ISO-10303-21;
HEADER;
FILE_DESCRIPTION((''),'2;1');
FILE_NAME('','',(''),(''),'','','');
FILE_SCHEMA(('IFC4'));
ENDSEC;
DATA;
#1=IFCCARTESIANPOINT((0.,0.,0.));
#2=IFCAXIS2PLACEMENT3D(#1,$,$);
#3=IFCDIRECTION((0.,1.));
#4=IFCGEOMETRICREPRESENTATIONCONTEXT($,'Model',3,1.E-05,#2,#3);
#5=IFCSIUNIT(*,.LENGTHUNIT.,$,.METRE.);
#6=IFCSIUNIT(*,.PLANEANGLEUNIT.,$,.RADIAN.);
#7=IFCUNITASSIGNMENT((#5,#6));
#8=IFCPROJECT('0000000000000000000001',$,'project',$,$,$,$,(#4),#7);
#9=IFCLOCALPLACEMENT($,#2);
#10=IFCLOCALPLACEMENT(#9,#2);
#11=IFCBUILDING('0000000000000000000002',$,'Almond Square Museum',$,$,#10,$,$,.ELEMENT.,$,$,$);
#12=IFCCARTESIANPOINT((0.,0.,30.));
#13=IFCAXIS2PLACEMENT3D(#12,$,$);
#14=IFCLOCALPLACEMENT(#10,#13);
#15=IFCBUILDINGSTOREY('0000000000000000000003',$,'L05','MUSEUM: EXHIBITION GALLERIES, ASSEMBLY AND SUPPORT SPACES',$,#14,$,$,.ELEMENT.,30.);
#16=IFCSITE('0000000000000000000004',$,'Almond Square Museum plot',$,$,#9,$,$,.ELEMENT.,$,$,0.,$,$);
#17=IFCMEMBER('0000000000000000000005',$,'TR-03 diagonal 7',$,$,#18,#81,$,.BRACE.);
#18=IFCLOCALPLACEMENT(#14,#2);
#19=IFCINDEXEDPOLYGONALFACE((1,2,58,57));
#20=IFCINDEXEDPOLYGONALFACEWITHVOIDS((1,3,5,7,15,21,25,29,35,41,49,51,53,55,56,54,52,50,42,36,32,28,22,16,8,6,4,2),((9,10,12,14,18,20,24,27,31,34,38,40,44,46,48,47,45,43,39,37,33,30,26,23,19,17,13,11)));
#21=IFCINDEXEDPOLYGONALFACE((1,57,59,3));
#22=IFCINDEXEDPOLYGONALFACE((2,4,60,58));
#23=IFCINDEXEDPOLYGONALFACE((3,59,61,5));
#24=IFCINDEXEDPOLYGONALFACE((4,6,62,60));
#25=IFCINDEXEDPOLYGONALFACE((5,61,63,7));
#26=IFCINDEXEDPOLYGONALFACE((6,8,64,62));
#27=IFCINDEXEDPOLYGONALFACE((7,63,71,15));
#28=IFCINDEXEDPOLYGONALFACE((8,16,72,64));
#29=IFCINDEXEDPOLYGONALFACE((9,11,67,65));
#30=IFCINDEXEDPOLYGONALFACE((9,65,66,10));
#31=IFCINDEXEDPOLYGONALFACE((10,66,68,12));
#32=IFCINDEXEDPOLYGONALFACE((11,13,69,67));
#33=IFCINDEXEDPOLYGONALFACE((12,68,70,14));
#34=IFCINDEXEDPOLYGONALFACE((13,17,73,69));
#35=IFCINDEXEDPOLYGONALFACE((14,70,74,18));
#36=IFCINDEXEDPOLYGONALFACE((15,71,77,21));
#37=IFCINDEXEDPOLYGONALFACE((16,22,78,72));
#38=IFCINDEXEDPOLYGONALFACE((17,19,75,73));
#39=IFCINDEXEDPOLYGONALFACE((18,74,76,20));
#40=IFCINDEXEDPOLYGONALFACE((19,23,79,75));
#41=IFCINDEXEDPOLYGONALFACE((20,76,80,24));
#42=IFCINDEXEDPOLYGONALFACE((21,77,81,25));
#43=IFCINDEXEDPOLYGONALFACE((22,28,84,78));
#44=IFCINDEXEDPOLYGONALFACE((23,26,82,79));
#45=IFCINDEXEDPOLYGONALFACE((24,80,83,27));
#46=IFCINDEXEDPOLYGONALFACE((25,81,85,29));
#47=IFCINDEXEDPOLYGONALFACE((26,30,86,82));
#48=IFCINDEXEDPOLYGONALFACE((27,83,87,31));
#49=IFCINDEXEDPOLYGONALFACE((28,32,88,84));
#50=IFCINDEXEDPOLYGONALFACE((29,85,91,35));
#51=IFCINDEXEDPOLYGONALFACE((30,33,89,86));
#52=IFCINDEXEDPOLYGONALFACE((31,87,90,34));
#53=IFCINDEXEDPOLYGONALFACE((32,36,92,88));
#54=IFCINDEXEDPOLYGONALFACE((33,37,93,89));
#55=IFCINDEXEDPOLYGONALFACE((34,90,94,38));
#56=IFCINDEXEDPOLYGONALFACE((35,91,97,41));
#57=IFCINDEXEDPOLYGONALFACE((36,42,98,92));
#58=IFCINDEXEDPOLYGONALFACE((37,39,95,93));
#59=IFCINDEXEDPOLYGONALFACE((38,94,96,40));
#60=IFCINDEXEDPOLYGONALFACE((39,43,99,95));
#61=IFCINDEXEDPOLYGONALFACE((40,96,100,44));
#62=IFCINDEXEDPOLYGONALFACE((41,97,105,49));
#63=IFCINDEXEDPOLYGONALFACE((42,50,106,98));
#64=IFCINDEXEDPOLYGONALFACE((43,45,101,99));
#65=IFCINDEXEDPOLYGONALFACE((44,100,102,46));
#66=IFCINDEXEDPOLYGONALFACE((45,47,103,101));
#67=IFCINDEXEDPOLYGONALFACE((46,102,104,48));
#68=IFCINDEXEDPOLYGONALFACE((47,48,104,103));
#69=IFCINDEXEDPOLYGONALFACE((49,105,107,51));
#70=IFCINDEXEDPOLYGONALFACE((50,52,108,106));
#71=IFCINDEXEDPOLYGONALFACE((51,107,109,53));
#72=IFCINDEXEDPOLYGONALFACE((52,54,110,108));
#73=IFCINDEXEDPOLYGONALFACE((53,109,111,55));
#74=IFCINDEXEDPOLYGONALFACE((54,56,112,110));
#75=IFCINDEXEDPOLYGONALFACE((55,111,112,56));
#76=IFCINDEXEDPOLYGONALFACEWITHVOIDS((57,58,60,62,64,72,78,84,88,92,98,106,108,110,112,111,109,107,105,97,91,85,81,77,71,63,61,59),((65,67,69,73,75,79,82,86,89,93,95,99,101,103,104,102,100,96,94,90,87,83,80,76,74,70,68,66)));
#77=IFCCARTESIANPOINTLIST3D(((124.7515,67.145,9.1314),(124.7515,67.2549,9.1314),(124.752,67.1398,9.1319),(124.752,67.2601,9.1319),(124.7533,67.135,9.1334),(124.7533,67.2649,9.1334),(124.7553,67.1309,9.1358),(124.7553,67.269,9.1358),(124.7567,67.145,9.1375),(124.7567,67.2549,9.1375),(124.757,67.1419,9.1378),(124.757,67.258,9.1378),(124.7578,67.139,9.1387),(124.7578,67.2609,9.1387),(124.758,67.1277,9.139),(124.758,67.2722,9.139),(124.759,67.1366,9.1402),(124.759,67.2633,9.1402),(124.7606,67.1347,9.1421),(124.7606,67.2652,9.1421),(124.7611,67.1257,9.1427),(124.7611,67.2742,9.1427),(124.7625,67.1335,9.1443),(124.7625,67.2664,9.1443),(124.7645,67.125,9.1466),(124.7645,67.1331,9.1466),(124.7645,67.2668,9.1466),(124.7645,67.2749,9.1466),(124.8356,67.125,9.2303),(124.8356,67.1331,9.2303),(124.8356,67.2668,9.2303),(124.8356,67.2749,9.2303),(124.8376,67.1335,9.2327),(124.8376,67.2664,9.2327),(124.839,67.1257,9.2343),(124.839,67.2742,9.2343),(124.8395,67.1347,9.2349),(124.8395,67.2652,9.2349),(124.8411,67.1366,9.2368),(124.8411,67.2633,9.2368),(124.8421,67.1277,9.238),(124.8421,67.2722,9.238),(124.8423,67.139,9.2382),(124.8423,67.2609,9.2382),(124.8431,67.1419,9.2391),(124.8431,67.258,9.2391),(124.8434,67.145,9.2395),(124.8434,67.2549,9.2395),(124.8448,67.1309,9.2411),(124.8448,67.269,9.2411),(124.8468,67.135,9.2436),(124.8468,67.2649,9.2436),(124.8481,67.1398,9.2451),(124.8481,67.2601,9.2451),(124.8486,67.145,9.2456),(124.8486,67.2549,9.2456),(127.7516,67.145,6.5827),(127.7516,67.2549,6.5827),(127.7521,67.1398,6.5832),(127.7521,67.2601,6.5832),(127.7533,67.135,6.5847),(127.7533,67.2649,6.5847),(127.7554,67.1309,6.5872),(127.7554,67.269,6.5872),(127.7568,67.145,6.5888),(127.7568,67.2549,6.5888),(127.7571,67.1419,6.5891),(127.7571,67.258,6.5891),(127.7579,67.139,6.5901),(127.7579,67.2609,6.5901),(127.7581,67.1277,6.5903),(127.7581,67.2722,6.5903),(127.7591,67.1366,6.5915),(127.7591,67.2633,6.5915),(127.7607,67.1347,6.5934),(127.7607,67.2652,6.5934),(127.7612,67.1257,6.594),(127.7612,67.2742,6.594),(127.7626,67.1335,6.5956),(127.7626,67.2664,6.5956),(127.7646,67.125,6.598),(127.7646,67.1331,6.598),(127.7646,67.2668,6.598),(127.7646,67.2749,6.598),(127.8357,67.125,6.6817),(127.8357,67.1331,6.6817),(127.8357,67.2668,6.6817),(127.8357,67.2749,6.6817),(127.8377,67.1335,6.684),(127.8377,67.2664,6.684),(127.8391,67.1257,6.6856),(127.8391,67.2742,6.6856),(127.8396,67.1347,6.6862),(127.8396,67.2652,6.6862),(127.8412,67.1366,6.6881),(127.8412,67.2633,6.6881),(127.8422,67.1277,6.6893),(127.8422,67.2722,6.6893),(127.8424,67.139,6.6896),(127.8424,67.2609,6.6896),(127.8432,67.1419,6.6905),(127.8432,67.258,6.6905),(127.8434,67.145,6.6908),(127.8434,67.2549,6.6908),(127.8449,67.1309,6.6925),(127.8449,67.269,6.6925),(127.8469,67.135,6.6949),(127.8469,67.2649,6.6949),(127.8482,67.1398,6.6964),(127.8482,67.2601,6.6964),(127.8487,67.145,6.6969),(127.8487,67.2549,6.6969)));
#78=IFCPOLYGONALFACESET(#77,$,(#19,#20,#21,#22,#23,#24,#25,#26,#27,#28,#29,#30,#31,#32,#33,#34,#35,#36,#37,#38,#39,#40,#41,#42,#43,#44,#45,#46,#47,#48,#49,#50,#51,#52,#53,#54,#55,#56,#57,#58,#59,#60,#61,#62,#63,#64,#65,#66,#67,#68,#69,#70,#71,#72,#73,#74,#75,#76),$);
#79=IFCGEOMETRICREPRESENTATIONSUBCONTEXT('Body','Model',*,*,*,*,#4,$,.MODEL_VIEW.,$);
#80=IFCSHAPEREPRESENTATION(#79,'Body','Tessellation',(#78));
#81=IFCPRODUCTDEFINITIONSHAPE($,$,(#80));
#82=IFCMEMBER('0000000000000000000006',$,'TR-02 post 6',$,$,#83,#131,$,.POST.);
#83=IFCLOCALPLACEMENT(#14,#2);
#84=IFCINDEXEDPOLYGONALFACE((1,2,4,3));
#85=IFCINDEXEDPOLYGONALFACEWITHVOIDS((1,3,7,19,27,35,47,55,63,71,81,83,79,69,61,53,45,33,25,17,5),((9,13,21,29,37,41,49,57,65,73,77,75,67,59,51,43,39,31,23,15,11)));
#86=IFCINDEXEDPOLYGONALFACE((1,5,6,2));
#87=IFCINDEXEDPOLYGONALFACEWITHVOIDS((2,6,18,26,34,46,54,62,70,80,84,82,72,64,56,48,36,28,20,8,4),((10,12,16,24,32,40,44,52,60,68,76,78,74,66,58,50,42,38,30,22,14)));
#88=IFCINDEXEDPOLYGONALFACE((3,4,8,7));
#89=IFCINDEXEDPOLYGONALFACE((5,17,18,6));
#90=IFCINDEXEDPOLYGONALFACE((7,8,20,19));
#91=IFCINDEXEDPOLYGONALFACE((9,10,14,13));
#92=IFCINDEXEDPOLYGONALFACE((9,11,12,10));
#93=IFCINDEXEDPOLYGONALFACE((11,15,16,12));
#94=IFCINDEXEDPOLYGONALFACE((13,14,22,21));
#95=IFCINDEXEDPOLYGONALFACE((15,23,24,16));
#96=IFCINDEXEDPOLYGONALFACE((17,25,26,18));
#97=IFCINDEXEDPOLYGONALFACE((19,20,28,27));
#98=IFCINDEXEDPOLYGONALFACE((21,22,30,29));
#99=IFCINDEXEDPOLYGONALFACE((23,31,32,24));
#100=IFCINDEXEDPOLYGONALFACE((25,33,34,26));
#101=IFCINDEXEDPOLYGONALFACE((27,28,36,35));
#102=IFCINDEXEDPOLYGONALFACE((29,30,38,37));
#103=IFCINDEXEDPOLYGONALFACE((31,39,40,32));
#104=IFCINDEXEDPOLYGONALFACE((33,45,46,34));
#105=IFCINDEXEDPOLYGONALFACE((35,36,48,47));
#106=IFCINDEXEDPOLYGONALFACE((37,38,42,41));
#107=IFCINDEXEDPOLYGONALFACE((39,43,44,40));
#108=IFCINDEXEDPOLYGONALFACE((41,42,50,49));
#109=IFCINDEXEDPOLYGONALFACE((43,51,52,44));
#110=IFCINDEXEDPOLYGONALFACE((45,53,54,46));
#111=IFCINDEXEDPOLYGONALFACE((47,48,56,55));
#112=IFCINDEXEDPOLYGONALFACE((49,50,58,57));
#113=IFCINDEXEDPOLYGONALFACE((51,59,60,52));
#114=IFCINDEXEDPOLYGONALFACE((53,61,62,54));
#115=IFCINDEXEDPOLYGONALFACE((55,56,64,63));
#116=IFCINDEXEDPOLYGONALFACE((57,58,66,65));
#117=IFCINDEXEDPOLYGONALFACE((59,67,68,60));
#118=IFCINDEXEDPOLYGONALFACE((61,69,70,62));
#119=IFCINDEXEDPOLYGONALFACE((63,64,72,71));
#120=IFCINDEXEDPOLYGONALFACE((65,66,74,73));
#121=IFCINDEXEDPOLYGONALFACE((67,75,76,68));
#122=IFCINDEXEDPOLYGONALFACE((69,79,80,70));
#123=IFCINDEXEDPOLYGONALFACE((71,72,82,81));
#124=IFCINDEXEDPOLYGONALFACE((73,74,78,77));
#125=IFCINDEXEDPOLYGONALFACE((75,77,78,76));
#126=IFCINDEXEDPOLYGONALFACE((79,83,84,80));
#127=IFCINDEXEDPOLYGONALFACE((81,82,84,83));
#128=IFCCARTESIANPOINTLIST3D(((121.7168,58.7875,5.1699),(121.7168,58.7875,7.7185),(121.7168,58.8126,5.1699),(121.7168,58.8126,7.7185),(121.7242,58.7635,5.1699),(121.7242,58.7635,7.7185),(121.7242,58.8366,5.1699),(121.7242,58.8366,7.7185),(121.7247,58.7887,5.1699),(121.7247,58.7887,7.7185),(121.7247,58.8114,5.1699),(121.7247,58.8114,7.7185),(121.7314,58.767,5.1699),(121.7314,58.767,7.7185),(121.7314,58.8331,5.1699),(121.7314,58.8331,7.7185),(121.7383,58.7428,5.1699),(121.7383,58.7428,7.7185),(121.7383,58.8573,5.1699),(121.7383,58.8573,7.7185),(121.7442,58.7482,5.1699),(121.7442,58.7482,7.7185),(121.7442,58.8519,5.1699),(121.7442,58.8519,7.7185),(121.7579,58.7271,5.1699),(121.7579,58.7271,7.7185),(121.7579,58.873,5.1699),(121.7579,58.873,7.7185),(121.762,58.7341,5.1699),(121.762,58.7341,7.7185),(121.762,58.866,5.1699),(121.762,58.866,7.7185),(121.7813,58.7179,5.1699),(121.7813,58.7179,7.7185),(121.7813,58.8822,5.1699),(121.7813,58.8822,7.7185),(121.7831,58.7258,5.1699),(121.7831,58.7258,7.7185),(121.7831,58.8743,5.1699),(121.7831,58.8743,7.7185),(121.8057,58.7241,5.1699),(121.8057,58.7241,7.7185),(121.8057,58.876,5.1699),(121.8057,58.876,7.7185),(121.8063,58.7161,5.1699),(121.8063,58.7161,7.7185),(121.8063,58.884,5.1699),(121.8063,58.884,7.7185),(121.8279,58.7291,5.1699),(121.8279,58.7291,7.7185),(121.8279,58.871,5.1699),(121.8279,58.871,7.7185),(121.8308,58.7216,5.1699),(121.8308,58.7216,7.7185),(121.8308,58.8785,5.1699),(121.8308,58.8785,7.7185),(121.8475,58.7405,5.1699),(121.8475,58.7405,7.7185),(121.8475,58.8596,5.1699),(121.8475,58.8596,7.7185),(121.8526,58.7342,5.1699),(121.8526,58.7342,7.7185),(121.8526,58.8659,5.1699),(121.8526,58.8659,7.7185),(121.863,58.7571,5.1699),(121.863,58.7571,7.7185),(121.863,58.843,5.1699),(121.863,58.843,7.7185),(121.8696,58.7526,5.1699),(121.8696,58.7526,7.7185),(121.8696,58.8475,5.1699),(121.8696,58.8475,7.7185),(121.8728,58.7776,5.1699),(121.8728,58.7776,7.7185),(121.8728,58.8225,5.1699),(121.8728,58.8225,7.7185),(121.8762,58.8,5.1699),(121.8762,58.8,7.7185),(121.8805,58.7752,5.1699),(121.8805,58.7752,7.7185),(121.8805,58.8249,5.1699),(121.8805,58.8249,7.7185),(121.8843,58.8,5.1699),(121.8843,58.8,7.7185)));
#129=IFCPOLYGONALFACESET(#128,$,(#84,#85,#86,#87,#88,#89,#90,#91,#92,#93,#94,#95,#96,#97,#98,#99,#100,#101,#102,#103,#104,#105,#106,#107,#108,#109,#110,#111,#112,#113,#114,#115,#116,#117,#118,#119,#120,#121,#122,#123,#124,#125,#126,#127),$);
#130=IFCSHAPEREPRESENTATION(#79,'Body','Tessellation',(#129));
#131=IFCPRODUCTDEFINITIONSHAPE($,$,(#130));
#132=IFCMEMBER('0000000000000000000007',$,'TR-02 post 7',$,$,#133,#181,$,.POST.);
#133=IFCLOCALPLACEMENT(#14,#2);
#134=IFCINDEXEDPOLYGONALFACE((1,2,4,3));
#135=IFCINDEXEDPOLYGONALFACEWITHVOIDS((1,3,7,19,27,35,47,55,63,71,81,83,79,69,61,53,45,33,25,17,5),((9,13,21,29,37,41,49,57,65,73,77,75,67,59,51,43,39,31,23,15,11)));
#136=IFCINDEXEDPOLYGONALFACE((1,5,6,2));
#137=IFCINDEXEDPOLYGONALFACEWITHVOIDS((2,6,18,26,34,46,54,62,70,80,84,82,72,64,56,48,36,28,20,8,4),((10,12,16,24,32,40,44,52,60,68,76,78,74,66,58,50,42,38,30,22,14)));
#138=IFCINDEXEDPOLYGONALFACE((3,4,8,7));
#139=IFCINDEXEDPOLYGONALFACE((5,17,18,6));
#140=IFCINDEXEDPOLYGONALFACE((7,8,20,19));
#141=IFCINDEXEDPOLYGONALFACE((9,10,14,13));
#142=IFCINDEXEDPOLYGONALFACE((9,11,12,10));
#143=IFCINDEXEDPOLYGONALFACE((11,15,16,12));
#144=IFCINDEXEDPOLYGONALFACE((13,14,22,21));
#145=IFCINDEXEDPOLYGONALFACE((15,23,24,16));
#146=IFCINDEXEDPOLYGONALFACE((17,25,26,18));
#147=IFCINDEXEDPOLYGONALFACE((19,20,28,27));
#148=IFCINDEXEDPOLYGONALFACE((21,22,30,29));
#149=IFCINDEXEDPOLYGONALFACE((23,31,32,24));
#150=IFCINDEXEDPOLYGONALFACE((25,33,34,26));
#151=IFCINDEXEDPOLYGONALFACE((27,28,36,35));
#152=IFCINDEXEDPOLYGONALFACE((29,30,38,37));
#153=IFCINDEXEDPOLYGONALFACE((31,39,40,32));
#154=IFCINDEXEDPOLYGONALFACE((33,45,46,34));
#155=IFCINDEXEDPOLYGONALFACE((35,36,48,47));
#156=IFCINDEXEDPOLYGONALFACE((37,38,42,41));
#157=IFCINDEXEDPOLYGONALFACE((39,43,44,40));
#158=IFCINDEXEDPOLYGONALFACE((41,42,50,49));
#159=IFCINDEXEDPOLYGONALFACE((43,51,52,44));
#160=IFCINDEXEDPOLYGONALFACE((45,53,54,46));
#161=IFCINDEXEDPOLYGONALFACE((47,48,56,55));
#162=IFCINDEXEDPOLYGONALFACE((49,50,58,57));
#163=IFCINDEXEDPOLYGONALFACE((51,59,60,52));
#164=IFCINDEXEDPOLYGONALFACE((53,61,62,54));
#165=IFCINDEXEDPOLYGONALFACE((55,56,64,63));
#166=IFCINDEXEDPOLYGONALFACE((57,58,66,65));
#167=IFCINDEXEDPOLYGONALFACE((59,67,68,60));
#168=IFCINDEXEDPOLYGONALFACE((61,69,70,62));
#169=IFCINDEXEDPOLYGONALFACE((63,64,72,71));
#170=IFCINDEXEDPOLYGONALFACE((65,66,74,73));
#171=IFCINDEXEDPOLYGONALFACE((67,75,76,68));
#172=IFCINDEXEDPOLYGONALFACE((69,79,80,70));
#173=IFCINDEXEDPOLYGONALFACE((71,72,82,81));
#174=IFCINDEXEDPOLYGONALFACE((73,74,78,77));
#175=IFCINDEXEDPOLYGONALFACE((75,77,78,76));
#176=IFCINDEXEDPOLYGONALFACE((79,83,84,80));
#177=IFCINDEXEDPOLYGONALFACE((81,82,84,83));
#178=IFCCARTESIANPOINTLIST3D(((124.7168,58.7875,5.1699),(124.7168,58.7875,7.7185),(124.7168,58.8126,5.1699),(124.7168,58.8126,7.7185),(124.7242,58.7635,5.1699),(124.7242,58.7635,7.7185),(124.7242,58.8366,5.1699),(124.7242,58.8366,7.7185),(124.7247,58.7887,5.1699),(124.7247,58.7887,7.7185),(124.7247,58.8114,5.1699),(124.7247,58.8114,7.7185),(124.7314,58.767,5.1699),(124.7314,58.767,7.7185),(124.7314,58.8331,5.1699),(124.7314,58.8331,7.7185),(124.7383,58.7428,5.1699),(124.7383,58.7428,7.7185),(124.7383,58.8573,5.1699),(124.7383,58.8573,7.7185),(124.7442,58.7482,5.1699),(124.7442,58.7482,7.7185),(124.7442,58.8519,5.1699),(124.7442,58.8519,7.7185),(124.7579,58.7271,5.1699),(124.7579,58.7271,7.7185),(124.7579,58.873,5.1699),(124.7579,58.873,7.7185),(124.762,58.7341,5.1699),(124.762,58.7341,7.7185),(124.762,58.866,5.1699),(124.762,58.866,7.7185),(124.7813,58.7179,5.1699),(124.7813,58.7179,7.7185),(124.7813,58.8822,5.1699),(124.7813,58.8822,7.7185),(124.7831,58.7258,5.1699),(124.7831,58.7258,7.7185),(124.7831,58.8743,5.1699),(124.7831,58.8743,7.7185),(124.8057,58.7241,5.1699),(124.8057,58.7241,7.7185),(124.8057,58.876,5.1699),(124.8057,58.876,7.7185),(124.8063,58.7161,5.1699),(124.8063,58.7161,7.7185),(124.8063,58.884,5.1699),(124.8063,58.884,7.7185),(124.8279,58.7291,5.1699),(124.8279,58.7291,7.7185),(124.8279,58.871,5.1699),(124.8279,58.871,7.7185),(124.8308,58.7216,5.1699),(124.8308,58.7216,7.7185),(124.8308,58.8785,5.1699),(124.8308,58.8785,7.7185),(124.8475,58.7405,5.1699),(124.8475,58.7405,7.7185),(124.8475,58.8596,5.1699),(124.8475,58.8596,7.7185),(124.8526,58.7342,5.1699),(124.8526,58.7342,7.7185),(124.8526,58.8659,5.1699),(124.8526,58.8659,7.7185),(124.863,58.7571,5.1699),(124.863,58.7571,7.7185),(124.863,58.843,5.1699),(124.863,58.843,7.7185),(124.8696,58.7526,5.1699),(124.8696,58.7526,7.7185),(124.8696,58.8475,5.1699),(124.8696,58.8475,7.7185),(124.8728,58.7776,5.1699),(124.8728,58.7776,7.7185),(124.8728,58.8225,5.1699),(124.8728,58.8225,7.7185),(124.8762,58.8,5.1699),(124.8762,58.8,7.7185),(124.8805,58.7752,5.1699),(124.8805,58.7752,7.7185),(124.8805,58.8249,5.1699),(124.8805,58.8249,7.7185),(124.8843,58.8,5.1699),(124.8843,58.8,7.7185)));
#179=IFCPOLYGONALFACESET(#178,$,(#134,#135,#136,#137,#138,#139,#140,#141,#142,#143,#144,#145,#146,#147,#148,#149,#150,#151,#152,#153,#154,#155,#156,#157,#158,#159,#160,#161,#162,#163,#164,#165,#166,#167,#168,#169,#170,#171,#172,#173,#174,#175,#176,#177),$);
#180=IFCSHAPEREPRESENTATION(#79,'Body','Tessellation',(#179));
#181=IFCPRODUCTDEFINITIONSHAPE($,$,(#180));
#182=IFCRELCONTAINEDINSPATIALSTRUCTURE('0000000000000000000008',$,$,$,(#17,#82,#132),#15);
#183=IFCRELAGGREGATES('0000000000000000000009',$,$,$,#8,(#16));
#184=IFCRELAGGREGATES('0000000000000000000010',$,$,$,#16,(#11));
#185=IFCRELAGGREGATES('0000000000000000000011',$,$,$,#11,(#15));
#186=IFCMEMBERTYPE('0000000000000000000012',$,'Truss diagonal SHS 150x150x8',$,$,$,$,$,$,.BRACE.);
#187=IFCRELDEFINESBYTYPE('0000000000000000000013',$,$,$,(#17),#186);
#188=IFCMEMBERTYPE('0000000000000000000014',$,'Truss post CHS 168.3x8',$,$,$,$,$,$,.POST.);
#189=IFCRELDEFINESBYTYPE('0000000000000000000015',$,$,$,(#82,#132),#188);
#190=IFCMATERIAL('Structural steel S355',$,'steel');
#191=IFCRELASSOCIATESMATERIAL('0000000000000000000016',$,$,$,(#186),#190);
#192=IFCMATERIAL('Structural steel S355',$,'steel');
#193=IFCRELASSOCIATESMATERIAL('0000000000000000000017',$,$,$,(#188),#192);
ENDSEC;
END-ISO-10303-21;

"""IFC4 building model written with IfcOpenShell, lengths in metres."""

from ifc_helpers import new_model, si_unit, direction, frame, origin, origin_2d, place, context, subcontext, project, spatial, hollow_rectangle, hollow_circle, extrude, material, material_profile, profile_set, type_object, element, save


model = new_model("IFC4")

# Units and contexts
model_context = context("Model", 3, precision=1e-05, world=origin(), true_north=direction((0.0, 1.0)))
body_context = subcontext(model_context, "Body", "Model", "MODEL_VIEW")
ifc_project = project(units=[si_unit("LENGTHUNIT", "METRE"), si_unit("PLANEANGLEUNIT", "RADIAN")], contexts=[model_context])

# Site, building, storey
site_placement = place(None, origin())
site = spatial("IfcSite", under=ifc_project, at=site_placement, Name="Almond Square Museum plot", CompositionType="ELEMENT", RefElevation=0.0)
building_placement = place(site_placement, origin())
building = spatial("IfcBuilding", under=site, at=building_placement, Name="Almond Square Museum", CompositionType="ELEMENT")
storey_placement = place(building_placement, frame((0.0, 0.0, 30.0)))
storey = spatial("IfcBuildingStorey", under=building, at=storey_placement, Name="L05", Description="MUSEUM: EXHIBITION GALLERIES, ASSEMBLY AND SUPPORT SPACES", CompositionType="ELEMENT", Elevation=30.0)

# Members
ifc_material_1 = material(Name="Structural steel S355", Category="steel")
ifc_material_profile_1 = material_profile(ifc_material_1, hollow_rectangle(XDim=0.1499, YDim=0.1499, WallThickness=0.0081, InnerFilletRadius=0.012, OuterFilletRadius=0.02, at=origin_2d()))
ifc_profile_set_1 = profile_set([ifc_material_profile_1], Name="Structural steel S355")
member_type_1 = type_object("IfcMemberType", Name="Truss diagonal SHS 150x150x8", PredefinedType="BRACE", material=ifc_profile_set_1)
for number, where, z_axis, x_axis, name in (
    (1, (124.8, 67.2, 9.1885), (0.762117, 0.0, -0.64744), (0.0, 1.0, 0.0), "TR-03 diagonal 7"),
):
    element("IfcMember", number, at=place(storey_placement, frame(where, z_axis=z_axis, x_axis=x_axis)), inside=storey, type_object=member_type_1, Name=name, PredefinedType="BRACE", context=body_context, shape_type="SweptSolid", body=[
        extrude(hollow_rectangle(XDim=0.1499, YDim=0.1499, WallThickness=0.0081, InnerFilletRadius=0.012, OuterFilletRadius=0.02, at=origin_2d()), origin(), (0.0, 0.0, 1.0), 3.9365),
    ])
ifc_material_2 = material(Name="Structural steel S355", Category="steel")
ifc_material_profile_2 = material_profile(ifc_material_2, hollow_circle(Radius=0.0842, WallThickness=0.0081, at=origin_2d()))
ifc_profile_set_2 = profile_set([ifc_material_profile_2], Name="Structural steel S355")
member_type_2 = type_object("IfcMemberType", Name="Truss post CHS 168.3x8", PredefinedType="POST", material=ifc_profile_set_2)
for number, where, z_axis, x_axis, name in (
    (2, (121.8, 58.8, 5.1699), (0.0, 0.0, 1.0), (1.0, 0.0, 0.0), "TR-02 post 6"),
    (3, (124.8, 58.8, 5.1699), (0.0, 0.0, 1.0), (1.0, 0.0, 0.0), "TR-02 post 7"),
):
    element("IfcMember", number, at=place(storey_placement, frame(where, z_axis=z_axis, x_axis=x_axis)), inside=storey, type_object=member_type_2, Name=name, PredefinedType="POST", context=body_context, shape_type="SweptSolid", body=[
        extrude(hollow_circle(Radius=0.0842, WallThickness=0.0081, at=origin_2d()), origin(), (0.0, 0.0, 1.0), 2.5486),
    ])

save(model, "model.ifc")
